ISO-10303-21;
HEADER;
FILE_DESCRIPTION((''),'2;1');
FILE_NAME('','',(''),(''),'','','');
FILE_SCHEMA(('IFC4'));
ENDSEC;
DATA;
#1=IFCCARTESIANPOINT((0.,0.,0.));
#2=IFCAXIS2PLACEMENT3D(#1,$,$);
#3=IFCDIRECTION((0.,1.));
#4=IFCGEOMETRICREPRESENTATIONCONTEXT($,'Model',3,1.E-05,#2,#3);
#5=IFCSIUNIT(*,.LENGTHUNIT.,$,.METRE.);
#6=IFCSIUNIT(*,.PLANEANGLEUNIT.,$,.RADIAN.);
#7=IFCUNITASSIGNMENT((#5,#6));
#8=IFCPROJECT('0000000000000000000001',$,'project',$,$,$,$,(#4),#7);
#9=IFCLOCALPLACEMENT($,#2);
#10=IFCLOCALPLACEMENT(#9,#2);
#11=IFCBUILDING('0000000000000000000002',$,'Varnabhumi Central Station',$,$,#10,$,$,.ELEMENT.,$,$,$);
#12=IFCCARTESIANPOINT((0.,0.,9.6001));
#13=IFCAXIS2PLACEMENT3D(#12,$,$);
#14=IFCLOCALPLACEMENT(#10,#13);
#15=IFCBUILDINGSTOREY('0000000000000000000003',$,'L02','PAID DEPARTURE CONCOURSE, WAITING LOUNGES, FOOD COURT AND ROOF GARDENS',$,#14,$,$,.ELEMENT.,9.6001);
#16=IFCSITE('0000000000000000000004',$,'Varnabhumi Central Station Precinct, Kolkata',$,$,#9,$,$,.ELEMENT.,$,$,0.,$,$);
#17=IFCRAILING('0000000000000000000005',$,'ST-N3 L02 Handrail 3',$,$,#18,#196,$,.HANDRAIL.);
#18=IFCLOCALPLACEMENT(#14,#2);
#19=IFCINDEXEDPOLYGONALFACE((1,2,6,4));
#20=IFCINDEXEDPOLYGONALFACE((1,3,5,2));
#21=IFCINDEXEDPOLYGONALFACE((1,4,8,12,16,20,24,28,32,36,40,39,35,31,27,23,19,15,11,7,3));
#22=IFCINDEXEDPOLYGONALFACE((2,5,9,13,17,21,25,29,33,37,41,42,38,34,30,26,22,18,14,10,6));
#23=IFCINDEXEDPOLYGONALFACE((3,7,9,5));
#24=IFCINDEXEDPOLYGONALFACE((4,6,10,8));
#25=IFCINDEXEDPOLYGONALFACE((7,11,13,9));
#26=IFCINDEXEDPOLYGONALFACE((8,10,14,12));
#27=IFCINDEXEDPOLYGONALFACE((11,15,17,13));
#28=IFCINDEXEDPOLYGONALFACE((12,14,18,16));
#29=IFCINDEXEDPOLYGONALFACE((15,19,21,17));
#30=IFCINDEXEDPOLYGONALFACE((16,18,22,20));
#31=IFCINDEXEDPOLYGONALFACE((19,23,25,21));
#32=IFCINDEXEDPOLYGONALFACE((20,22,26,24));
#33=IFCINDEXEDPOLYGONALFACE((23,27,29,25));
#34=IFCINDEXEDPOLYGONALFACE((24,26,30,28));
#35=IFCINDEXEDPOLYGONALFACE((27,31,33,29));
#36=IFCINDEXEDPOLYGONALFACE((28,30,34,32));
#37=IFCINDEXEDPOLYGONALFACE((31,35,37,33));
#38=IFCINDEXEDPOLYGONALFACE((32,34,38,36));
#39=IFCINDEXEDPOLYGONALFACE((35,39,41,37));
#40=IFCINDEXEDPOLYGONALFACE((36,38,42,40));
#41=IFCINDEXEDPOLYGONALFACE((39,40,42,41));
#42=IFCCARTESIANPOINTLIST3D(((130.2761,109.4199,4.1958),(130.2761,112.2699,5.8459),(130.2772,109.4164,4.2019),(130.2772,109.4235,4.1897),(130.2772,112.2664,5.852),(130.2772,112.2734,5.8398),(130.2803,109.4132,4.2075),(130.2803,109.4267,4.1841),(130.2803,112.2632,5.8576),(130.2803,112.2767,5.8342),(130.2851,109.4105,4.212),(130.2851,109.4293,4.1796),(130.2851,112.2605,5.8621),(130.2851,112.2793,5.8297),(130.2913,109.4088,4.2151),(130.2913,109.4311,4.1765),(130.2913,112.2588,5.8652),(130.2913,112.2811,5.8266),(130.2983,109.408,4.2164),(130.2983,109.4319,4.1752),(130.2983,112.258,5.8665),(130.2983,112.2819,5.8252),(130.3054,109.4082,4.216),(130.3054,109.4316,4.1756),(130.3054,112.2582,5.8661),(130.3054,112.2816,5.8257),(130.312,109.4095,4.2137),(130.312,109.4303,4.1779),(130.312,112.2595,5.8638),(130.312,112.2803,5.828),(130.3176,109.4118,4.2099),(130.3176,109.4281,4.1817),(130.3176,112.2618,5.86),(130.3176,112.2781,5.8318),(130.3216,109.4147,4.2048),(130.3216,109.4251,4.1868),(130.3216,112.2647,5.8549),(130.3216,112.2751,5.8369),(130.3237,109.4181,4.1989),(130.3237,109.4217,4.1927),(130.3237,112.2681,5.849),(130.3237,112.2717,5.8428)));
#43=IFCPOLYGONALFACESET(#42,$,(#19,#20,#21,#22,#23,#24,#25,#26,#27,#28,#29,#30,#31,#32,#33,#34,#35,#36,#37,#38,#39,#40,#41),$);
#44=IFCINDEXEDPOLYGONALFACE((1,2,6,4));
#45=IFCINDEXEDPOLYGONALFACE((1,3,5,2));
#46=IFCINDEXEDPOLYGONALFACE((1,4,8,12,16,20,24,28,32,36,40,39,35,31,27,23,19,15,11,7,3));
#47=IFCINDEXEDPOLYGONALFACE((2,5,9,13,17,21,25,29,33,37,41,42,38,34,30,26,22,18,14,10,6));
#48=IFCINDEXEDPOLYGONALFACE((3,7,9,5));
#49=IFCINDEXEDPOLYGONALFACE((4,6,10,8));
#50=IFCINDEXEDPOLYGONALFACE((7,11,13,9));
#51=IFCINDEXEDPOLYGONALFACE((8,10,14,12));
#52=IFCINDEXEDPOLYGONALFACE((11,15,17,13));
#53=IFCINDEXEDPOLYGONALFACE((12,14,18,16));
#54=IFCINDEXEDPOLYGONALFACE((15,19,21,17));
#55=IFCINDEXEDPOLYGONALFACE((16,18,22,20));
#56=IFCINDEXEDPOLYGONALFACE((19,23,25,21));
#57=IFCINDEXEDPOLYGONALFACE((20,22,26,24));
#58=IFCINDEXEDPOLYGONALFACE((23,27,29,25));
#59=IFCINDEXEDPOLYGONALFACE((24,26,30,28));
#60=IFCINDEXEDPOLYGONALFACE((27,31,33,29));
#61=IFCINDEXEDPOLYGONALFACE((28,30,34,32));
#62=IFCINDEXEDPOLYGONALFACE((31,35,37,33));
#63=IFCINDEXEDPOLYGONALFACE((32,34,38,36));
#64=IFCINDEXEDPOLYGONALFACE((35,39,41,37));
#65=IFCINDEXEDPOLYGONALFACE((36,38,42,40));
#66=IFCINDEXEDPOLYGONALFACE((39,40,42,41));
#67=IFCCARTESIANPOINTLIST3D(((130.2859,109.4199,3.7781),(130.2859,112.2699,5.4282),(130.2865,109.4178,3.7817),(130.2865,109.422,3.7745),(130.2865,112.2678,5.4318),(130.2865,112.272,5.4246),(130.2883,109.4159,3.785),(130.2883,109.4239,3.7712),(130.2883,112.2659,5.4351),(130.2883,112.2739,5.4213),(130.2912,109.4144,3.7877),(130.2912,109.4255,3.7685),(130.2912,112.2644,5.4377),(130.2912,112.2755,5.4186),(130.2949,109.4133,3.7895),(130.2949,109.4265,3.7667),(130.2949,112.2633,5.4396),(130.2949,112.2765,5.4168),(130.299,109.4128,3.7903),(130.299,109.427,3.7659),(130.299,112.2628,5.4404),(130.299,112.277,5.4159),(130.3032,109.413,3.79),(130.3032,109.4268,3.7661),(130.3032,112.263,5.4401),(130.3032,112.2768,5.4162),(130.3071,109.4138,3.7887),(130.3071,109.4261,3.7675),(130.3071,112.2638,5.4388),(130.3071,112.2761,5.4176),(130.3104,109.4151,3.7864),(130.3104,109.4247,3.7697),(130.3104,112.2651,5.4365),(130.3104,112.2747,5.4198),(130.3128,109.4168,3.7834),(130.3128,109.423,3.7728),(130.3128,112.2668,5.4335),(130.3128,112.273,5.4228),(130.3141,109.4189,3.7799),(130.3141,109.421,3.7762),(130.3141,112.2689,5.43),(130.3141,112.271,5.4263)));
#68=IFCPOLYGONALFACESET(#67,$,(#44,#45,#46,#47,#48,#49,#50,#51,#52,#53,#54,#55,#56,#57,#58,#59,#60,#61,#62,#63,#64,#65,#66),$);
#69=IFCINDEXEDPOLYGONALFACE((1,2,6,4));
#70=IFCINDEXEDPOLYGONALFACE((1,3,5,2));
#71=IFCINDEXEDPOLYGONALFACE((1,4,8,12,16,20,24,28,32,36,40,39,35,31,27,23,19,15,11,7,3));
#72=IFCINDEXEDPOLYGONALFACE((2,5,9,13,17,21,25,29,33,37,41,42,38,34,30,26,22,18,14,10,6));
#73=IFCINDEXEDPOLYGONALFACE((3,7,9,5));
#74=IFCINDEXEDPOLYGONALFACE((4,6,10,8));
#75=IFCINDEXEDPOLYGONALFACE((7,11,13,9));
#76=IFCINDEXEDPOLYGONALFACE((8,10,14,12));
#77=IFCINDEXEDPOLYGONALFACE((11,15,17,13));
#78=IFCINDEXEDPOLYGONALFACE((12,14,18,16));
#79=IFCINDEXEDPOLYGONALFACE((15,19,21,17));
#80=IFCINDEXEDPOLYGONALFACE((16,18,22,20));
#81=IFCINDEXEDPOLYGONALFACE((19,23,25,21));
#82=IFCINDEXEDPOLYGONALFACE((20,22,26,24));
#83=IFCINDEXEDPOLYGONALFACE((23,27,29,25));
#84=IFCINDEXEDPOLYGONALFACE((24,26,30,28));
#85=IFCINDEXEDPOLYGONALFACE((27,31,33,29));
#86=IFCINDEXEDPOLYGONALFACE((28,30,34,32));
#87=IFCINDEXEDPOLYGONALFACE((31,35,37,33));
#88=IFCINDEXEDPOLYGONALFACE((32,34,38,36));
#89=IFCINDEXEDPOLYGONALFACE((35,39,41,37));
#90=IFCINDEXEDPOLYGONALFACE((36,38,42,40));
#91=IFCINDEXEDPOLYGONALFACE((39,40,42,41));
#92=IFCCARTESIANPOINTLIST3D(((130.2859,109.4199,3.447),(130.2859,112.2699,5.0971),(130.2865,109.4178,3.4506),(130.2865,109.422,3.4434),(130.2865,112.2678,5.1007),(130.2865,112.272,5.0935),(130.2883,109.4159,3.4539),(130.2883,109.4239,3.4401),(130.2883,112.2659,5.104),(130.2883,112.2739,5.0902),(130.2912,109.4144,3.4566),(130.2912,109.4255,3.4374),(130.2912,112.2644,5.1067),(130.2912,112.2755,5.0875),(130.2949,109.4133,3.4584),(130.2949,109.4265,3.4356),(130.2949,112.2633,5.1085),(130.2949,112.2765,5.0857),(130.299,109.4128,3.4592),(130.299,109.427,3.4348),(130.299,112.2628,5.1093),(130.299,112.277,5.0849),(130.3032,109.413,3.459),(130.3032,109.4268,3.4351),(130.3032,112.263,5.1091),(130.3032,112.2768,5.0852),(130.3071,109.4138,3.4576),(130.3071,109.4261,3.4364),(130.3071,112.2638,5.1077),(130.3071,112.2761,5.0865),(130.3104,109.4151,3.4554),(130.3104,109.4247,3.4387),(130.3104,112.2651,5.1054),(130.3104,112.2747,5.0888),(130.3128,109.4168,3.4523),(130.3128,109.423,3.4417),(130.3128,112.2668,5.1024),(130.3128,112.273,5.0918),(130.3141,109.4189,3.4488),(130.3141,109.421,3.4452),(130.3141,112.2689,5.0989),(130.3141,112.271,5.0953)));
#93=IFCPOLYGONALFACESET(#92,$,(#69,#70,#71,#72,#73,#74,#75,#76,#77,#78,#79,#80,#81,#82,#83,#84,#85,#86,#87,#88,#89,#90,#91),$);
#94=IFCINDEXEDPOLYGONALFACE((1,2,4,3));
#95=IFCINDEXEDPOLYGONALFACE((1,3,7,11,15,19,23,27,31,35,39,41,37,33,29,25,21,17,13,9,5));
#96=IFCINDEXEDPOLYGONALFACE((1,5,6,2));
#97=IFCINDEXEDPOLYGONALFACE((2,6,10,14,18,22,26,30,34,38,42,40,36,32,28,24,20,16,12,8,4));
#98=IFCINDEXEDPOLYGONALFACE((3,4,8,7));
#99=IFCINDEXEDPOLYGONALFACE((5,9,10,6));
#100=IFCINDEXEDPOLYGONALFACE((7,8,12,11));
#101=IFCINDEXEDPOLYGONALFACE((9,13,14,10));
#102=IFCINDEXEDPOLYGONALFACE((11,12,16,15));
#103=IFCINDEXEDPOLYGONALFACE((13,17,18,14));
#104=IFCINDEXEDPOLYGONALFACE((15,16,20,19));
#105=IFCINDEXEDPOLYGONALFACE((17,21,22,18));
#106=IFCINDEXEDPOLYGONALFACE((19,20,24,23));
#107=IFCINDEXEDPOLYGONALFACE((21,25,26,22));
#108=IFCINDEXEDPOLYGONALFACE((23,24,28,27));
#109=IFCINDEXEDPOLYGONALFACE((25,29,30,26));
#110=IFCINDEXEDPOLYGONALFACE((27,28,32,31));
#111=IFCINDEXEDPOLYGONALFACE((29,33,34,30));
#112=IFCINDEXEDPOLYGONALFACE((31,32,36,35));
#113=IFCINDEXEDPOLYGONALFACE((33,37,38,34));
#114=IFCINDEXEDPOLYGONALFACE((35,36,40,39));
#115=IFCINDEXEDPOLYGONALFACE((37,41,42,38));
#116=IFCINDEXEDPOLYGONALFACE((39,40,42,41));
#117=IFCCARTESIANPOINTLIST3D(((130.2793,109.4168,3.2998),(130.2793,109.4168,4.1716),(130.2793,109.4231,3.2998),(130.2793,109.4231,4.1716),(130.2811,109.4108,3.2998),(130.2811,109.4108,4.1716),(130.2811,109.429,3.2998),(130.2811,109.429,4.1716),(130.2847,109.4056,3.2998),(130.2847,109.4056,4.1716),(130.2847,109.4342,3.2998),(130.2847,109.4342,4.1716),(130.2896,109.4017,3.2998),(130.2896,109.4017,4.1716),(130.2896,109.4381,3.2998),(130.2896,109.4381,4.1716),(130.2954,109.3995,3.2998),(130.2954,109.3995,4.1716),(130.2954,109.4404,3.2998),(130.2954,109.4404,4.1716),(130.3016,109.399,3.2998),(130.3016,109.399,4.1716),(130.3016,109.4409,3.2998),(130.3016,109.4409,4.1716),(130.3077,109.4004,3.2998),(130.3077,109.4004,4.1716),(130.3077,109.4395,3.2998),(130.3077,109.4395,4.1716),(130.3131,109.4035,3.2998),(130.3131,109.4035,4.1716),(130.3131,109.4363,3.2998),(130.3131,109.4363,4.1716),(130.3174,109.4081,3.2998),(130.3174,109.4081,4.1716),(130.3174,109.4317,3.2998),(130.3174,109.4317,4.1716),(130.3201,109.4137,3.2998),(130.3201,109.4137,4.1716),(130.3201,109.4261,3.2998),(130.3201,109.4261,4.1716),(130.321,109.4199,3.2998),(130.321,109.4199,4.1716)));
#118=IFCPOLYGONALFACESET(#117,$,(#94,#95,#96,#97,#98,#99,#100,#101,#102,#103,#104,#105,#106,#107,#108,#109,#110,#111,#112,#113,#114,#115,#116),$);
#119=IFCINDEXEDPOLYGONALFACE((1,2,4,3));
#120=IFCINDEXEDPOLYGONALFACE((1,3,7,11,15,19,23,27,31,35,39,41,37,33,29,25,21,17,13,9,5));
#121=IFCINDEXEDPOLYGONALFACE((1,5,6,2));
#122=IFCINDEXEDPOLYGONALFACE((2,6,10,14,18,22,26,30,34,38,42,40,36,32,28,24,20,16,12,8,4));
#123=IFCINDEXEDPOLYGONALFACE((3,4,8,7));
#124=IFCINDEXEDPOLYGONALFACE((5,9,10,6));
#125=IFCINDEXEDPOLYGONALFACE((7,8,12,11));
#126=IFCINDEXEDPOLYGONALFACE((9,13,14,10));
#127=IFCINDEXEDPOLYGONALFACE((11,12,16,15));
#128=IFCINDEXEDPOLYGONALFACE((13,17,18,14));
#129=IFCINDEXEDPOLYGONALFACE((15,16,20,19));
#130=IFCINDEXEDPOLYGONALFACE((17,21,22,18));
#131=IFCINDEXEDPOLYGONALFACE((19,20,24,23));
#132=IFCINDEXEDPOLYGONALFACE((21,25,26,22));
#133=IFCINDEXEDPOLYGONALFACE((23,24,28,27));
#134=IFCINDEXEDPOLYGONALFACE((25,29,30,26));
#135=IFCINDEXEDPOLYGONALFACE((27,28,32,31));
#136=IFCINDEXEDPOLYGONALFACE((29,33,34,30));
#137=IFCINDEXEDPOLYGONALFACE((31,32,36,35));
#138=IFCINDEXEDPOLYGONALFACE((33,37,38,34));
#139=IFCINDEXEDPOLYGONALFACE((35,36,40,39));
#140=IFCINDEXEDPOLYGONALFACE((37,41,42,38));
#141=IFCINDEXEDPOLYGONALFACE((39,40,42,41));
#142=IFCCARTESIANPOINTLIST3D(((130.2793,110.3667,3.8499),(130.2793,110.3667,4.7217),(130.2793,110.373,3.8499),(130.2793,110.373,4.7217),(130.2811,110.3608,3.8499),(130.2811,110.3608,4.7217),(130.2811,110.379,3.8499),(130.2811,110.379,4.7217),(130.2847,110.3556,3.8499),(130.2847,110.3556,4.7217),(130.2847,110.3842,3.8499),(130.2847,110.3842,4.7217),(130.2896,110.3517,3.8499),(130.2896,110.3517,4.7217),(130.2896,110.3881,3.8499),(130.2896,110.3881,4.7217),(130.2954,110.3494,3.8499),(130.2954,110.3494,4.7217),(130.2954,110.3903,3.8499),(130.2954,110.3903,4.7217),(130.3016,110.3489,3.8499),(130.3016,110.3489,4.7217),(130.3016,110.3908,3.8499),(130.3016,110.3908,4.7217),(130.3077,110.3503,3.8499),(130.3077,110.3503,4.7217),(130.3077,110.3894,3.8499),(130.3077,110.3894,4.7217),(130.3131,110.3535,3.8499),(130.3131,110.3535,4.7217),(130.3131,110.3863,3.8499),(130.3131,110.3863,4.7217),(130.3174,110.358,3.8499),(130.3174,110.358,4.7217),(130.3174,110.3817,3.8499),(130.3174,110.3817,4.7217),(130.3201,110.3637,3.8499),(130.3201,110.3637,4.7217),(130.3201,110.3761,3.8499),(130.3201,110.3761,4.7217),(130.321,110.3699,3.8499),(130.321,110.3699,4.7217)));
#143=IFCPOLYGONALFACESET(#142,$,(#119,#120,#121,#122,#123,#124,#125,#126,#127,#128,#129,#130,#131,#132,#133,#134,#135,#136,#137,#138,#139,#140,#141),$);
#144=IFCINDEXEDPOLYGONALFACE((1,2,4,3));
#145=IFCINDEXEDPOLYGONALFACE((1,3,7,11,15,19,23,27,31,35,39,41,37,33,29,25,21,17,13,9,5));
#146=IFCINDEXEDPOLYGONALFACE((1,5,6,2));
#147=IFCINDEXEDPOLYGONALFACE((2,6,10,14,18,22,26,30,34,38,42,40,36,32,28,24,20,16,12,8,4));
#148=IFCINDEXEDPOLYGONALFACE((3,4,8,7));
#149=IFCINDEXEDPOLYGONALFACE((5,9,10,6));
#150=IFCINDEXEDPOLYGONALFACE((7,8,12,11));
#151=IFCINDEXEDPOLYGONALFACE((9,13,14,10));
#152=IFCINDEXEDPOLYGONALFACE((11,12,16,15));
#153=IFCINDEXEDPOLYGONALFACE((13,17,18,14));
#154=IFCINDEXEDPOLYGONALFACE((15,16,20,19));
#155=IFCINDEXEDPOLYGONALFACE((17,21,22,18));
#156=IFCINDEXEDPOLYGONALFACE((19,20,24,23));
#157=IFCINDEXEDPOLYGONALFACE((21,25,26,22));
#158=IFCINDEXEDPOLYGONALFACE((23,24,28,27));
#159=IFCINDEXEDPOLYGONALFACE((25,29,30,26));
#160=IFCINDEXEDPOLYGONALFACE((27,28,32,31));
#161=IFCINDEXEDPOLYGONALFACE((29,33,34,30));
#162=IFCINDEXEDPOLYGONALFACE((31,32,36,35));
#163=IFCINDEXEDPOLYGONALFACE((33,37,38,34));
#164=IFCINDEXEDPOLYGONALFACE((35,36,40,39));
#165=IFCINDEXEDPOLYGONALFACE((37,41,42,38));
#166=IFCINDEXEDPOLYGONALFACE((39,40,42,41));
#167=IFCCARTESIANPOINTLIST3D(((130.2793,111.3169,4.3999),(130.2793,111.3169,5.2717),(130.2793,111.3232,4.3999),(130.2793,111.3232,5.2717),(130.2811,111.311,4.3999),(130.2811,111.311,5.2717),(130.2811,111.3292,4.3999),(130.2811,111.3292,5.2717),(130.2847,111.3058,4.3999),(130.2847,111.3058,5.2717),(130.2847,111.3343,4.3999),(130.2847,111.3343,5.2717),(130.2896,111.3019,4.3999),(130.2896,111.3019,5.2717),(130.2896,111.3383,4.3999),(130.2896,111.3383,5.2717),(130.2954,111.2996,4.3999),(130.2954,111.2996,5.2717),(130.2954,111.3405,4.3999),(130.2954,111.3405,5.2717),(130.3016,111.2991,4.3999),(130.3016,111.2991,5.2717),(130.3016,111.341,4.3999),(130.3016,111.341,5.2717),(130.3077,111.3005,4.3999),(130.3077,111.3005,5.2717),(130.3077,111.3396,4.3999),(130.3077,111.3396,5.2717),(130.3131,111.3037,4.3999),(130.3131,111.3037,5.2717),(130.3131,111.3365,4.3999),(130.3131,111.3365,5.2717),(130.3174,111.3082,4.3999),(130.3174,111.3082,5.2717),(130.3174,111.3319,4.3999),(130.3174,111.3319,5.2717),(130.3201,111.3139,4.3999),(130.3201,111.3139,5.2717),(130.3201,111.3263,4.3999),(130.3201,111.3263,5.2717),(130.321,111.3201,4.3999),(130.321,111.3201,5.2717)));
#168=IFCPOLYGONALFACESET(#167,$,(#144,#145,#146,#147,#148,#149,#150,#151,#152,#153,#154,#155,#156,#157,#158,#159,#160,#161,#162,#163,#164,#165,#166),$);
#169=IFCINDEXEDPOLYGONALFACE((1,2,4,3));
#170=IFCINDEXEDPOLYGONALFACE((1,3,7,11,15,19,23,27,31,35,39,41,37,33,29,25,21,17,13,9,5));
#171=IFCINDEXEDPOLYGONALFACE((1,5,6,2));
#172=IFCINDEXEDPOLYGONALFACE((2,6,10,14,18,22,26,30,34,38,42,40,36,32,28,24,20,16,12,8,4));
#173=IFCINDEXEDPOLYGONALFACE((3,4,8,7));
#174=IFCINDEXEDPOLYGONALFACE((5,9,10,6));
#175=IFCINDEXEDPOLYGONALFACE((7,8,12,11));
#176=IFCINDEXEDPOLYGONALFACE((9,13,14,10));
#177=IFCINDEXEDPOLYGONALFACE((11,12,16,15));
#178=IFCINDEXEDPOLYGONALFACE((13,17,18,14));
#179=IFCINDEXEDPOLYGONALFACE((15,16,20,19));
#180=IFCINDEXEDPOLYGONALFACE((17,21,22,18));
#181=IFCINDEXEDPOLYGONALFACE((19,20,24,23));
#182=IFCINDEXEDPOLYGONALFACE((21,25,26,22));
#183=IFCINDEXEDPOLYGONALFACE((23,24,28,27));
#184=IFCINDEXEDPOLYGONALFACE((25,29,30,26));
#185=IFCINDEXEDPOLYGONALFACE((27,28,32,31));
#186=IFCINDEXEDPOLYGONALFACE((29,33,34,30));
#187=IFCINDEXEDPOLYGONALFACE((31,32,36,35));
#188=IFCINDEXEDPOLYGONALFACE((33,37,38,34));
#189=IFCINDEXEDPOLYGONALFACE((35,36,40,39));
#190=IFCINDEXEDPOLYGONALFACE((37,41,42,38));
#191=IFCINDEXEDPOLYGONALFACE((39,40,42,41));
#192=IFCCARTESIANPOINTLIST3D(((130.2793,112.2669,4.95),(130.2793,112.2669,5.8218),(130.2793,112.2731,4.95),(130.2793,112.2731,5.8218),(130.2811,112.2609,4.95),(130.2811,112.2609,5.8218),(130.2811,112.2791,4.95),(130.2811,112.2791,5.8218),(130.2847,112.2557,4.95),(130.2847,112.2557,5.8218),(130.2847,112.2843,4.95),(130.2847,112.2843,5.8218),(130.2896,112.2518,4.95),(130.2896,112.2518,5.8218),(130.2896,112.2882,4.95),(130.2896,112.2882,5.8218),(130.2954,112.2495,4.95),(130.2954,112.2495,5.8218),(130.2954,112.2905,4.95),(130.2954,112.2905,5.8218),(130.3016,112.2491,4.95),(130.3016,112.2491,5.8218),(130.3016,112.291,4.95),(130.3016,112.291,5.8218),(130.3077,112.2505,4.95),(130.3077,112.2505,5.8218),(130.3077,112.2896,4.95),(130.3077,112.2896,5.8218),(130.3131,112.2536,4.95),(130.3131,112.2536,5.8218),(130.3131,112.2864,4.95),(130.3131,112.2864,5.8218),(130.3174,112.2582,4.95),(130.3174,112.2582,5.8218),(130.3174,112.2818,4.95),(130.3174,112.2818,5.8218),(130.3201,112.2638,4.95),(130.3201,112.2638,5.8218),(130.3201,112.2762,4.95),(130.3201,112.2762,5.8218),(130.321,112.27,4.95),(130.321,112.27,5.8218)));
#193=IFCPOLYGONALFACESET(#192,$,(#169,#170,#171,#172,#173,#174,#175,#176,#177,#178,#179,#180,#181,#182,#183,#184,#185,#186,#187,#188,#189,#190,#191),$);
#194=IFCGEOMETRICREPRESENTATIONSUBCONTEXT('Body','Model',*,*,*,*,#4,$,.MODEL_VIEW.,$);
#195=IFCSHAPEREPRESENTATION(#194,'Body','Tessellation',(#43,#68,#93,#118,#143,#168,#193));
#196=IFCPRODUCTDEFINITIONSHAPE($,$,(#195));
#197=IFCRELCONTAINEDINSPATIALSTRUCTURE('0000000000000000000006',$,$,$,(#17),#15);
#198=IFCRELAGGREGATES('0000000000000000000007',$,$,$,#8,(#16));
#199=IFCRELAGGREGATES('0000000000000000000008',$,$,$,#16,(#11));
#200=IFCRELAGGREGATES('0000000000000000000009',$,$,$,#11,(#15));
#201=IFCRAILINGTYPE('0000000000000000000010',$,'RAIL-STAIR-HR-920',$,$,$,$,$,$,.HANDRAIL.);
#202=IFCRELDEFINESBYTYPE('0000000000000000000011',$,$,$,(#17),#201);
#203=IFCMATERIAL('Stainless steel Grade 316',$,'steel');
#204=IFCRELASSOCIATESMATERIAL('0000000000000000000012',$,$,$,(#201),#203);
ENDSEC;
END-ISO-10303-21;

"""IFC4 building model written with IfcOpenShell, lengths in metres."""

from ifc_helpers import new_model, si_unit, direction, frame, origin, origin_2d, place, context, subcontext, project, spatial, circle, extrude, material, type_object, element, save


model = new_model("IFC4")

# Units and contexts
model_context = context("Model", 3, precision=1e-05, world=origin(), true_north=direction((0.0, 1.0)))
body_context = subcontext(model_context, "Body", "Model", "MODEL_VIEW")
ifc_project = project(units=[si_unit("LENGTHUNIT", "METRE"), si_unit("PLANEANGLEUNIT", "RADIAN")], contexts=[model_context])

# Site, building, storey
site_placement = place(None, origin())
site = spatial("IfcSite", under=ifc_project, at=site_placement, Name="Varnabhumi Central Station Precinct, Kolkata", CompositionType="ELEMENT", RefElevation=0.0)
building_placement = place(site_placement, origin())
building = spatial("IfcBuilding", under=site, at=building_placement, Name="Varnabhumi Central Station", CompositionType="ELEMENT")
storey_placement = place(building_placement, frame((0.0, 0.0, 9.6001)))
storey = spatial("IfcBuildingStorey", under=building, at=storey_placement, Name="L02", Description="PAID DEPARTURE CONCOURSE, WAITING LOUNGES, FOOD COURT AND ROOF GARDENS", CompositionType="ELEMENT", Elevation=9.6001)

# Shared definitions
ifc_material_1 = material(Name="Stainless steel Grade 316", Category="steel")

# Railing
railing_type_1 = type_object("IfcRailingType", Name="RAIL-STAIR-HR-920", PredefinedType="HANDRAIL", material=ifc_material_1)
railing_1_placement = place(storey_placement, frame((130.3, 109.4199, 3.2998)))
element("IfcRailing", 1, at=railing_1_placement, inside=storey, type_object=railing_type_1, Name="ST-N3 L02 Handrail 3", PredefinedType="HANDRAIL", context=body_context, shape_type="SweptSolid", body=[
    extrude(circle(Radius=0.0239, at=origin_2d()), frame((0.0, 0.0, 0.896), z_axis=(0.0, 0.865414, 0.501057), x_axis=(-1.0, 0.0, 0.0)), (0.0, 0.0, 1.0), 3.2932),
    extrude(circle(Radius=0.0142, at=origin_2d()), frame((0.0, 0.0, 0.4783), z_axis=(0.0, 0.865414, 0.501057), x_axis=(-1.0, 0.0, 0.0)), (0.0, 0.0, 1.0), 3.2932),
    extrude(circle(Radius=0.0142, at=origin_2d()), frame((0.0, 0.0, 0.1472), z_axis=(0.0, 0.865414, 0.501057), x_axis=(-1.0, 0.0, 0.0)), (0.0, 0.0, 1.0), 3.2932),
    extrude(circle(Radius=0.021, at=origin_2d()), origin(), (0.0, 0.0, 1.0), 0.8718),
    extrude(circle(Radius=0.021, at=origin_2d()), frame((0.0, 0.95, 0.55)), (0.0, 0.0, 1.0), 0.8718),
    extrude(circle(Radius=0.021, at=origin_2d()), frame((0.0, 1.9001, 1.1001)), (0.0, 0.0, 1.0), 0.8718),
    extrude(circle(Radius=0.021, at=origin_2d()), frame((0.0, 2.8501, 1.6501)), (0.0, 0.0, 1.0), 0.8718),
])

save(model, "model.ifc")
